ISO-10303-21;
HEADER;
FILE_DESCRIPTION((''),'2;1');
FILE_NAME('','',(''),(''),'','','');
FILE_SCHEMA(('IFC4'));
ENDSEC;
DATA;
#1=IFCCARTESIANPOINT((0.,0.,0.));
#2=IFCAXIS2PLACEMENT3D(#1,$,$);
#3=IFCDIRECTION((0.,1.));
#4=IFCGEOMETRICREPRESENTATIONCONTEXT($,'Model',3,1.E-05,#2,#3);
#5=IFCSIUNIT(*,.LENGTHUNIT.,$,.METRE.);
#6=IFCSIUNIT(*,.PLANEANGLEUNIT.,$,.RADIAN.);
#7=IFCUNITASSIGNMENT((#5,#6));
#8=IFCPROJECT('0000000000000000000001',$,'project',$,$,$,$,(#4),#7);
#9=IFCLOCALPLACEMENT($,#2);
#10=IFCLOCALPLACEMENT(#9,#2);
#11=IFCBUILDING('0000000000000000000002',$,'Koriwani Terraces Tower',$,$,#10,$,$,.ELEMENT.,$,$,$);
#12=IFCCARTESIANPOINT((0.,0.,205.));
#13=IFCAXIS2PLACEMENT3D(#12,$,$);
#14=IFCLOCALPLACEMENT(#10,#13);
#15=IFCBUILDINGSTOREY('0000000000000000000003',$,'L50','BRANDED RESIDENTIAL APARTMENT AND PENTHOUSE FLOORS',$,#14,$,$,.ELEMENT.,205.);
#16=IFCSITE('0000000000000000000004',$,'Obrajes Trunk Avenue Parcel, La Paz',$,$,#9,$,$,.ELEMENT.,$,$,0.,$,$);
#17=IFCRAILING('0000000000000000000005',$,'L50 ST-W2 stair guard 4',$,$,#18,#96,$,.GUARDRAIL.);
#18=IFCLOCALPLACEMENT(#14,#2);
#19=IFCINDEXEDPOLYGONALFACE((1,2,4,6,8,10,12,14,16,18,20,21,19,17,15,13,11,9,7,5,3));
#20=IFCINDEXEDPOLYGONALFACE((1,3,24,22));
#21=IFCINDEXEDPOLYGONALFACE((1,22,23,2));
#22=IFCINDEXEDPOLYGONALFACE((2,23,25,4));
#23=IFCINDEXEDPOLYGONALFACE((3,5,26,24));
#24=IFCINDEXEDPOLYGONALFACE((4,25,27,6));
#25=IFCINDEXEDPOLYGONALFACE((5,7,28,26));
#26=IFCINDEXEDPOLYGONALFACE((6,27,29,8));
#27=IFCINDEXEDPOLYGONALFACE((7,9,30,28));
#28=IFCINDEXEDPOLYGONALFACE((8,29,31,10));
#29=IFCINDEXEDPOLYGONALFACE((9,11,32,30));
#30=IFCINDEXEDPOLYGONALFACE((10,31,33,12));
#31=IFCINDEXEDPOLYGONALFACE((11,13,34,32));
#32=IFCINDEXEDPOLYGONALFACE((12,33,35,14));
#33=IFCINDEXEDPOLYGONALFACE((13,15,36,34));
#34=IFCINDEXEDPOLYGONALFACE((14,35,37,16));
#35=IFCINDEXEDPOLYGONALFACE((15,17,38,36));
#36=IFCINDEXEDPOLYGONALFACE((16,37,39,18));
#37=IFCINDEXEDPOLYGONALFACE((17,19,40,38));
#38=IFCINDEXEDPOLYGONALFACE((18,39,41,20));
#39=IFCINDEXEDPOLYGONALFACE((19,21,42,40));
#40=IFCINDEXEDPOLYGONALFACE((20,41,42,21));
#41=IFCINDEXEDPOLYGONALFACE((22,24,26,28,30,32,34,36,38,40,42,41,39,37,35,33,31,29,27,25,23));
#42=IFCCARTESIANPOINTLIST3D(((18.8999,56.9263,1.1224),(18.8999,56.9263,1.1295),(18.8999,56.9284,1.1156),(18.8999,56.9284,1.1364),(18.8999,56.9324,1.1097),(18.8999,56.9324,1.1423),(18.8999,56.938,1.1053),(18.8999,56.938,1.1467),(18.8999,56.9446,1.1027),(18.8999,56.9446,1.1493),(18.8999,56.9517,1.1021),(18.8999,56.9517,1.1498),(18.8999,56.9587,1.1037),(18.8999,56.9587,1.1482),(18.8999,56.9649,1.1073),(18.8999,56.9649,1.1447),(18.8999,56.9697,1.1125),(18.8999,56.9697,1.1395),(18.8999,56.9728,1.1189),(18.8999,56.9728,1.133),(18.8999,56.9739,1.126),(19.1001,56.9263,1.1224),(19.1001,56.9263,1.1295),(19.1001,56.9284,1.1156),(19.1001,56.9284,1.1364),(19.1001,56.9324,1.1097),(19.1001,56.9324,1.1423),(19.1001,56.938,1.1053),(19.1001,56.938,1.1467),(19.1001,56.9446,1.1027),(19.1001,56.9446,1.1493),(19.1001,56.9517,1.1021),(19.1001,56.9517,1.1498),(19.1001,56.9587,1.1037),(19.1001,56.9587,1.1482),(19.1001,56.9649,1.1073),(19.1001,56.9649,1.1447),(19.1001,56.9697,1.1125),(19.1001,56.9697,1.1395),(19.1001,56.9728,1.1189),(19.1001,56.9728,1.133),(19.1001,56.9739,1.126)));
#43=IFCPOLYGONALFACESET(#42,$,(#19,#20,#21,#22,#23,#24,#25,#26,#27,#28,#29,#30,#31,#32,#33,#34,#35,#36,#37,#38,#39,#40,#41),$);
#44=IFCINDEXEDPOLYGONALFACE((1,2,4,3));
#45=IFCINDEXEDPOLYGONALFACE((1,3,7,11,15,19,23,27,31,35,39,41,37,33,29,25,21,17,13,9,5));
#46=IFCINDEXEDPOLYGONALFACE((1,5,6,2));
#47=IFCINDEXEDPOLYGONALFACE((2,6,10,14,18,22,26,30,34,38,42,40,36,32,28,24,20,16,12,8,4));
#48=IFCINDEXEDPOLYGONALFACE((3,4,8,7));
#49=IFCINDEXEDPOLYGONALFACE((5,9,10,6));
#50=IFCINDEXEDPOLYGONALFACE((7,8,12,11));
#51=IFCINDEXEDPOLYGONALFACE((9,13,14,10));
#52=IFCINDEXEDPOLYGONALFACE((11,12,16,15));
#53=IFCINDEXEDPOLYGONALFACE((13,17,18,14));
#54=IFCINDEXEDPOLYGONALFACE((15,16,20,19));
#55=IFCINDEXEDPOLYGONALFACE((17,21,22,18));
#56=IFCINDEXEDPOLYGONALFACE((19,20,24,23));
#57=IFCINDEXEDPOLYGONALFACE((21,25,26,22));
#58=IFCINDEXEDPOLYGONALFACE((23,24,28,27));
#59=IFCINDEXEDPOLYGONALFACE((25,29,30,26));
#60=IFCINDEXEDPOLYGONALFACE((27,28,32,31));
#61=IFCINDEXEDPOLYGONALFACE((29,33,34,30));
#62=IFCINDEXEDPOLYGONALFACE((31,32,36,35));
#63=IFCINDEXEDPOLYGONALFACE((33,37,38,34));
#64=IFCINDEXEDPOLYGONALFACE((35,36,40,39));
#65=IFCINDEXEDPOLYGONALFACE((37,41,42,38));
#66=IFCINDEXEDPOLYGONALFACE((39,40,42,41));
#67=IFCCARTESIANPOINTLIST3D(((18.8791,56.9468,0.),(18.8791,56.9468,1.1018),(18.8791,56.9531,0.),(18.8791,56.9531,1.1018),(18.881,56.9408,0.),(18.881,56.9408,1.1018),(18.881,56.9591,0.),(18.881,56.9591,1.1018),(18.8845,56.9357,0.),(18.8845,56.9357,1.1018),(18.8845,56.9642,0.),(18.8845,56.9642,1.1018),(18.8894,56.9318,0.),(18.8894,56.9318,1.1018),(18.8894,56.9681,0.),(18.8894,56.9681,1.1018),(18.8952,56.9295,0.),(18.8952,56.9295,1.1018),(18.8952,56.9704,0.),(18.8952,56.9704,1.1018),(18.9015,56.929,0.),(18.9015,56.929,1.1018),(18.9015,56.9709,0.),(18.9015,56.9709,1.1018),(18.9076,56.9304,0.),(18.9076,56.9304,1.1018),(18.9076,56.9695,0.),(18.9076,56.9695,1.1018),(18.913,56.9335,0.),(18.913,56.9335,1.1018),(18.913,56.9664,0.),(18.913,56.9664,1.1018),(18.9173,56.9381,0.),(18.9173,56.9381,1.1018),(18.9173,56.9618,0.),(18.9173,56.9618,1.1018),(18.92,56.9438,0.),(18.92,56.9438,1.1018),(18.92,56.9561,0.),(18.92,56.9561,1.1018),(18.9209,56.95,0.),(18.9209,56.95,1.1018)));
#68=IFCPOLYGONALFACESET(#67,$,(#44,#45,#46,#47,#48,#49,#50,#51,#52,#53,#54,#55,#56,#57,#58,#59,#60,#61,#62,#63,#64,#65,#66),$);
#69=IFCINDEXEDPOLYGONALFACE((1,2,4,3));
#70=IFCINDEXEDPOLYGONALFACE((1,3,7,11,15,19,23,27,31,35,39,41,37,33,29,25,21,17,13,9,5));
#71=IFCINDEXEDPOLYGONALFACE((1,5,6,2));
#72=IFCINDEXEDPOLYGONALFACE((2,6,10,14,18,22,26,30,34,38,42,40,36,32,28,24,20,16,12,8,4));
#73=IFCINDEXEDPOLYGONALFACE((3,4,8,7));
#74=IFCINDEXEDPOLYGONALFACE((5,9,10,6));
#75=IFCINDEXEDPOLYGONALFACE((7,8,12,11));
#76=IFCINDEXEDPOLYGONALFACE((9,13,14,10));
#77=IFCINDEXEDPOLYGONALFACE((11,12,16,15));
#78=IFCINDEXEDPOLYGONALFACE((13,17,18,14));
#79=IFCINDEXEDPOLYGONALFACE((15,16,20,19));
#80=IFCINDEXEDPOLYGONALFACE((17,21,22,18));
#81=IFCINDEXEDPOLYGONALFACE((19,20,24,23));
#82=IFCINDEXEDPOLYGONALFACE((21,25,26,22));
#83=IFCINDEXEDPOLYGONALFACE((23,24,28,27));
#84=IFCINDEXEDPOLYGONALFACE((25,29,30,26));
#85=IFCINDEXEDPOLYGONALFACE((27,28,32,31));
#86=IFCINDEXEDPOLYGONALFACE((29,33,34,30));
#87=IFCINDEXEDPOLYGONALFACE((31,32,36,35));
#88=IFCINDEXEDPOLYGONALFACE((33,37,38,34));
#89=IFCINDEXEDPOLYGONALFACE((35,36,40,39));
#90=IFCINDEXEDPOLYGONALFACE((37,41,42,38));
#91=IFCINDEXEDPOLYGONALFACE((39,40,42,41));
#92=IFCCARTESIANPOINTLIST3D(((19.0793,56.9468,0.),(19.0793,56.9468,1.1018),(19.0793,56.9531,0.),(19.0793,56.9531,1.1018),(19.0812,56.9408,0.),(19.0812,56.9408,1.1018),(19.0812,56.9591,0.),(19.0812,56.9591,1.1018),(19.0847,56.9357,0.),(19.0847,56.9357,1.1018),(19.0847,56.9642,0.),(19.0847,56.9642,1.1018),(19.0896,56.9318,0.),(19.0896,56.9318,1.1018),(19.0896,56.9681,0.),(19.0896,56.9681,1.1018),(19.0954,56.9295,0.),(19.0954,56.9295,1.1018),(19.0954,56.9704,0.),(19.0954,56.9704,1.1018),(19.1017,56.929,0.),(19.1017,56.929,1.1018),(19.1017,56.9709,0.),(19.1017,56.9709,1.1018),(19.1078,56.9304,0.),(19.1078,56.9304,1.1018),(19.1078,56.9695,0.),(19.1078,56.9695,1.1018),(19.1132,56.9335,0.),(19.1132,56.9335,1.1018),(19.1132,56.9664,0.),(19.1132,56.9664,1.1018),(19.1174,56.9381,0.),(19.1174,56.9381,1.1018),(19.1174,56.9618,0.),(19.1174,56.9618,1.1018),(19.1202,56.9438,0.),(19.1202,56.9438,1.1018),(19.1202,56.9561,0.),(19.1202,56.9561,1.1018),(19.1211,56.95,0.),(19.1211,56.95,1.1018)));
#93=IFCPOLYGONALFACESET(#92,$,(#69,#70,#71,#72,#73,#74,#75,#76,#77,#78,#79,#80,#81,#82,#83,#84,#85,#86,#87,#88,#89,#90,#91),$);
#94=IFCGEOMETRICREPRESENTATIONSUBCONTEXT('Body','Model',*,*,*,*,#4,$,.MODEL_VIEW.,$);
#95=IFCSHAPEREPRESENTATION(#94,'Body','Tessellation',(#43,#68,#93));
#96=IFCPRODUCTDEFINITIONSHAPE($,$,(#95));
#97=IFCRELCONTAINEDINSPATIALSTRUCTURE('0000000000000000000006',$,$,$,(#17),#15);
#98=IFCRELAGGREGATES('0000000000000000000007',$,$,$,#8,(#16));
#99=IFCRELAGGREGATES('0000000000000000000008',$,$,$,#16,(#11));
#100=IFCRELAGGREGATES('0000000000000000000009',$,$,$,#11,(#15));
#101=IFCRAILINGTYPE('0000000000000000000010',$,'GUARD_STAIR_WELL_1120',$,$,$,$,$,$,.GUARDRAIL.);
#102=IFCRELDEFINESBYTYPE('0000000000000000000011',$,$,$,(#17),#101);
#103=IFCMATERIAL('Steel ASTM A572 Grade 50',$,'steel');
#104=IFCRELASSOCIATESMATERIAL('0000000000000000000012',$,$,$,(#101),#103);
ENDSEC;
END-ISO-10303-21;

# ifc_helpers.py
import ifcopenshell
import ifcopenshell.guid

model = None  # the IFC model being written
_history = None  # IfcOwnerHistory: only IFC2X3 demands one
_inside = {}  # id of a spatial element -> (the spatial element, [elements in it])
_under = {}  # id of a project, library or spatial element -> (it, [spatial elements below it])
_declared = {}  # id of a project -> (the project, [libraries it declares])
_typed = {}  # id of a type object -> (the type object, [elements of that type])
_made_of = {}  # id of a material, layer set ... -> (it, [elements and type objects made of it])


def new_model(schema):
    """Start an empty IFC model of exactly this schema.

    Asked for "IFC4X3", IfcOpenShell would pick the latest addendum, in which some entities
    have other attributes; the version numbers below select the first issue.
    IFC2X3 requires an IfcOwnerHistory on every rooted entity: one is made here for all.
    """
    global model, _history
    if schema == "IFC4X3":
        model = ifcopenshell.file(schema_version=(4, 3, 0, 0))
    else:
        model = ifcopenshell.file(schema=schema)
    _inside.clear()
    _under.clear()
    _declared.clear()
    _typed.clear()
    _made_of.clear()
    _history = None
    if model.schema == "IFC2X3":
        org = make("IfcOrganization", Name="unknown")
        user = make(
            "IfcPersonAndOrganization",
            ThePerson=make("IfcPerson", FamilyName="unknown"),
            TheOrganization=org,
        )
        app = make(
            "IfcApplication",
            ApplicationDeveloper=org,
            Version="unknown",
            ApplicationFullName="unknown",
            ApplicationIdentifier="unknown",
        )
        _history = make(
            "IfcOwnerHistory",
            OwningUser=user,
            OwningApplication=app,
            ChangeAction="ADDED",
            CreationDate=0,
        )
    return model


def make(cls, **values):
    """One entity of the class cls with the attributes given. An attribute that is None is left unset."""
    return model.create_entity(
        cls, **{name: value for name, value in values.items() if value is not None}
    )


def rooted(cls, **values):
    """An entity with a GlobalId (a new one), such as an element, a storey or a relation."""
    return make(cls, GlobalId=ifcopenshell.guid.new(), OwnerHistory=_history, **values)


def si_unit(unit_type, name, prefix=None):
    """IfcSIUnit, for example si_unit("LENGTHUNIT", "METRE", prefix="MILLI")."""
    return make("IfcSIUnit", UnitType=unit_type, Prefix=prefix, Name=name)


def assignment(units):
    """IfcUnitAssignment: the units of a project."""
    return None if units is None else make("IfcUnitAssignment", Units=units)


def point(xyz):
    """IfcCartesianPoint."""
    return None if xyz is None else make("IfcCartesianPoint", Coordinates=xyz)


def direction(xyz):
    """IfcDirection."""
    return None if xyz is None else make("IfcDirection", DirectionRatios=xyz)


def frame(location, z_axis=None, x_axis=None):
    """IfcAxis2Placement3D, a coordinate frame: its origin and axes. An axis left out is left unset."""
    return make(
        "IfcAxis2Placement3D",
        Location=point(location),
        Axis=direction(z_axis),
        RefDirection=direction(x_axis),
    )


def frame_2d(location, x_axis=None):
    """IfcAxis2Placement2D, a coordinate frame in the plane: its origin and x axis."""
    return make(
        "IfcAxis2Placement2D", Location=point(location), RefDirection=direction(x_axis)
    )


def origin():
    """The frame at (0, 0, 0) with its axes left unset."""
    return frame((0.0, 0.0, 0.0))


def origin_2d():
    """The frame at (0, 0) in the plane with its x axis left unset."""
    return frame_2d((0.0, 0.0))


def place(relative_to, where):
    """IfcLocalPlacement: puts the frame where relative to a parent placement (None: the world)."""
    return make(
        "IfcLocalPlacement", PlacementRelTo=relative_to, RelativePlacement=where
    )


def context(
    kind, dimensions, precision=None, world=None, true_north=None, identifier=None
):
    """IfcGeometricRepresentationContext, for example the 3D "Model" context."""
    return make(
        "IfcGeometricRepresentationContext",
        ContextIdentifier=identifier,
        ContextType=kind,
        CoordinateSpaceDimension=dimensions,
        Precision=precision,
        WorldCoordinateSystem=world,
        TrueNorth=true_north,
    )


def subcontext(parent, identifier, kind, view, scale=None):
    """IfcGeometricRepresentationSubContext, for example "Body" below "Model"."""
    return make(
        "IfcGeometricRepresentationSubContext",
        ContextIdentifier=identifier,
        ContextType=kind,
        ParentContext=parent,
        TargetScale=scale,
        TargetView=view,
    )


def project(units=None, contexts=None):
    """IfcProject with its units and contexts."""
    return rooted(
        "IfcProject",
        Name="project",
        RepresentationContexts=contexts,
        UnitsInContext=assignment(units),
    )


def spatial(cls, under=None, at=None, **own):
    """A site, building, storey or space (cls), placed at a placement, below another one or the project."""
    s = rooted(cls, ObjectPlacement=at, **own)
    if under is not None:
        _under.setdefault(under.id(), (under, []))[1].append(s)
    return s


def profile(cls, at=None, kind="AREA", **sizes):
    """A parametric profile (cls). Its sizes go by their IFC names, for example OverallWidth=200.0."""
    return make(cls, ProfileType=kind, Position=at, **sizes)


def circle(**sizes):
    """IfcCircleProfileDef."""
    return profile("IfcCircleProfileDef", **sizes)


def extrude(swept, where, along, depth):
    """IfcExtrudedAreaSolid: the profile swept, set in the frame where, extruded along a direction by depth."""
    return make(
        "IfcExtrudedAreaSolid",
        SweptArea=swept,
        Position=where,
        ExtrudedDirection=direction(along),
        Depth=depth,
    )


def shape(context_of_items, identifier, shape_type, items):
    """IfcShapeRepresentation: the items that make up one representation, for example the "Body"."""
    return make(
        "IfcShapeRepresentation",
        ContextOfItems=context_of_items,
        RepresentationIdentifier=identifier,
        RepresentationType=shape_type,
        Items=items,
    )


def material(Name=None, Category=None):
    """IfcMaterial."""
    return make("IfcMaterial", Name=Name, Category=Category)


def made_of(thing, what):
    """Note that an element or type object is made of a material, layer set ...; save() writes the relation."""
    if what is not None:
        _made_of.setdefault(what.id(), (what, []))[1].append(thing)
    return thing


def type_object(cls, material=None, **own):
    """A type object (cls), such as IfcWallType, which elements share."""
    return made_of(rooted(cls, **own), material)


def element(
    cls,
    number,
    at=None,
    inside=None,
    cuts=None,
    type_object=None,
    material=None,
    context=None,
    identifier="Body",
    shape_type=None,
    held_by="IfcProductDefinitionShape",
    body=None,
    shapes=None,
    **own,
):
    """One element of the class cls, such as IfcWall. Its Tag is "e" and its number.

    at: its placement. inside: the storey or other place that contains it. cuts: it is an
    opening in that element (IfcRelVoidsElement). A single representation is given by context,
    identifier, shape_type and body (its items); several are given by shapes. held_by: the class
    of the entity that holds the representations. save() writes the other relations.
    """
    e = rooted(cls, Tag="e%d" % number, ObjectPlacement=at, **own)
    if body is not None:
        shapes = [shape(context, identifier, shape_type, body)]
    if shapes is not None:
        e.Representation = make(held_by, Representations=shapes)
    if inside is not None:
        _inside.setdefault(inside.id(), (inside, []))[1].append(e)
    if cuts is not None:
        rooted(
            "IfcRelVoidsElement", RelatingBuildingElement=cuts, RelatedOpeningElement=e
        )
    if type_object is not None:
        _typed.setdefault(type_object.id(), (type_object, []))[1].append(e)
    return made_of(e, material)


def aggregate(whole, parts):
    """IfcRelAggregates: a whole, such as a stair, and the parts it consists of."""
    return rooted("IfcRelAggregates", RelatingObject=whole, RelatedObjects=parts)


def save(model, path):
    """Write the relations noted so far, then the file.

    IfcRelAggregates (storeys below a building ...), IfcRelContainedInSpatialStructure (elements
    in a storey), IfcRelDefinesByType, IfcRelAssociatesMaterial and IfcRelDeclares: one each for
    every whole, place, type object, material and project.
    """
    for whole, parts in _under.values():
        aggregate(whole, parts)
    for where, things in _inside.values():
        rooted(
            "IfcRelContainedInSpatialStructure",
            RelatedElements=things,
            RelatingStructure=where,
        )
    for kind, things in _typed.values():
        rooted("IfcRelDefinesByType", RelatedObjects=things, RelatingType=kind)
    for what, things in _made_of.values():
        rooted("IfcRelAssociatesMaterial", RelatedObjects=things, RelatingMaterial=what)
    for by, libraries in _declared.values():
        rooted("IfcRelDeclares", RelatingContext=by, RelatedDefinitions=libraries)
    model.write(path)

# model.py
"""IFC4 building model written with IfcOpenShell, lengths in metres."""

from ifc_helpers import new_model, si_unit, direction, frame, origin, origin_2d, place, context, subcontext, project, spatial, circle, extrude, material, type_object, element, save


model = new_model("IFC4")

# Units and contexts
model_context = context("Model", 3, precision=1e-05, world=origin(), true_north=direction((0.0, 1.0)))
body_context = subcontext(model_context, "Body", "Model", "MODEL_VIEW")
ifc_project = project(units=[si_unit("LENGTHUNIT", "METRE"), si_unit("PLANEANGLEUNIT", "RADIAN")], contexts=[model_context])

# Site, building, storey
site_placement = place(None, origin())
site = spatial("IfcSite", under=ifc_project, at=site_placement, Name="Obrajes Trunk Avenue Parcel, La Paz", CompositionType="ELEMENT", RefElevation=0.0)
building_placement = place(site_placement, origin())
building = spatial("IfcBuilding", under=site, at=building_placement, Name="Koriwani Terraces Tower", CompositionType="ELEMENT")
storey_placement = place(building_placement, frame((0.0, 0.0, 205.0)))
storey = spatial("IfcBuildingStorey", under=building, at=storey_placement, Name="L50", Description="BRANDED RESIDENTIAL APARTMENT AND PENTHOUSE FLOORS", CompositionType="ELEMENT", Elevation=205.0)

# Shared definitions
ifc_material_1 = material(Name="Steel ASTM A572 Grade 50", Category="steel")

# Railing
railing_type_1 = type_object("IfcRailingType", Name="GUARD_STAIR_WELL_1120", PredefinedType="GUARDRAIL", material=ifc_material_1)
railing_1_placement = place(storey_placement, frame((18.8999, 56.95, 0.0)))
element("IfcRailing", 1, at=railing_1_placement, inside=storey, type_object=railing_type_1, Name="L50 ST-W2 stair guard 4", PredefinedType="GUARDRAIL", context=body_context, shape_type="SweptSolid", body=[
    extrude(circle(Radius=0.0239, at=origin_2d()), frame((0.0, 0.0, 1.126), z_axis=(1.0, 0.0, 0.0), x_axis=(0.0, 1.0, 0.0)), (0.0, 0.0, 1.0), 0.2002),
    extrude(circle(Radius=0.021, at=origin_2d()), origin(), (0.0, 0.0, 1.0), 1.1018),
    extrude(circle(Radius=0.021, at=origin_2d()), frame((0.2002, 0.0, 0.0)), (0.0, 0.0, 1.0), 1.1018),
])

save(model, "model.ifc")
